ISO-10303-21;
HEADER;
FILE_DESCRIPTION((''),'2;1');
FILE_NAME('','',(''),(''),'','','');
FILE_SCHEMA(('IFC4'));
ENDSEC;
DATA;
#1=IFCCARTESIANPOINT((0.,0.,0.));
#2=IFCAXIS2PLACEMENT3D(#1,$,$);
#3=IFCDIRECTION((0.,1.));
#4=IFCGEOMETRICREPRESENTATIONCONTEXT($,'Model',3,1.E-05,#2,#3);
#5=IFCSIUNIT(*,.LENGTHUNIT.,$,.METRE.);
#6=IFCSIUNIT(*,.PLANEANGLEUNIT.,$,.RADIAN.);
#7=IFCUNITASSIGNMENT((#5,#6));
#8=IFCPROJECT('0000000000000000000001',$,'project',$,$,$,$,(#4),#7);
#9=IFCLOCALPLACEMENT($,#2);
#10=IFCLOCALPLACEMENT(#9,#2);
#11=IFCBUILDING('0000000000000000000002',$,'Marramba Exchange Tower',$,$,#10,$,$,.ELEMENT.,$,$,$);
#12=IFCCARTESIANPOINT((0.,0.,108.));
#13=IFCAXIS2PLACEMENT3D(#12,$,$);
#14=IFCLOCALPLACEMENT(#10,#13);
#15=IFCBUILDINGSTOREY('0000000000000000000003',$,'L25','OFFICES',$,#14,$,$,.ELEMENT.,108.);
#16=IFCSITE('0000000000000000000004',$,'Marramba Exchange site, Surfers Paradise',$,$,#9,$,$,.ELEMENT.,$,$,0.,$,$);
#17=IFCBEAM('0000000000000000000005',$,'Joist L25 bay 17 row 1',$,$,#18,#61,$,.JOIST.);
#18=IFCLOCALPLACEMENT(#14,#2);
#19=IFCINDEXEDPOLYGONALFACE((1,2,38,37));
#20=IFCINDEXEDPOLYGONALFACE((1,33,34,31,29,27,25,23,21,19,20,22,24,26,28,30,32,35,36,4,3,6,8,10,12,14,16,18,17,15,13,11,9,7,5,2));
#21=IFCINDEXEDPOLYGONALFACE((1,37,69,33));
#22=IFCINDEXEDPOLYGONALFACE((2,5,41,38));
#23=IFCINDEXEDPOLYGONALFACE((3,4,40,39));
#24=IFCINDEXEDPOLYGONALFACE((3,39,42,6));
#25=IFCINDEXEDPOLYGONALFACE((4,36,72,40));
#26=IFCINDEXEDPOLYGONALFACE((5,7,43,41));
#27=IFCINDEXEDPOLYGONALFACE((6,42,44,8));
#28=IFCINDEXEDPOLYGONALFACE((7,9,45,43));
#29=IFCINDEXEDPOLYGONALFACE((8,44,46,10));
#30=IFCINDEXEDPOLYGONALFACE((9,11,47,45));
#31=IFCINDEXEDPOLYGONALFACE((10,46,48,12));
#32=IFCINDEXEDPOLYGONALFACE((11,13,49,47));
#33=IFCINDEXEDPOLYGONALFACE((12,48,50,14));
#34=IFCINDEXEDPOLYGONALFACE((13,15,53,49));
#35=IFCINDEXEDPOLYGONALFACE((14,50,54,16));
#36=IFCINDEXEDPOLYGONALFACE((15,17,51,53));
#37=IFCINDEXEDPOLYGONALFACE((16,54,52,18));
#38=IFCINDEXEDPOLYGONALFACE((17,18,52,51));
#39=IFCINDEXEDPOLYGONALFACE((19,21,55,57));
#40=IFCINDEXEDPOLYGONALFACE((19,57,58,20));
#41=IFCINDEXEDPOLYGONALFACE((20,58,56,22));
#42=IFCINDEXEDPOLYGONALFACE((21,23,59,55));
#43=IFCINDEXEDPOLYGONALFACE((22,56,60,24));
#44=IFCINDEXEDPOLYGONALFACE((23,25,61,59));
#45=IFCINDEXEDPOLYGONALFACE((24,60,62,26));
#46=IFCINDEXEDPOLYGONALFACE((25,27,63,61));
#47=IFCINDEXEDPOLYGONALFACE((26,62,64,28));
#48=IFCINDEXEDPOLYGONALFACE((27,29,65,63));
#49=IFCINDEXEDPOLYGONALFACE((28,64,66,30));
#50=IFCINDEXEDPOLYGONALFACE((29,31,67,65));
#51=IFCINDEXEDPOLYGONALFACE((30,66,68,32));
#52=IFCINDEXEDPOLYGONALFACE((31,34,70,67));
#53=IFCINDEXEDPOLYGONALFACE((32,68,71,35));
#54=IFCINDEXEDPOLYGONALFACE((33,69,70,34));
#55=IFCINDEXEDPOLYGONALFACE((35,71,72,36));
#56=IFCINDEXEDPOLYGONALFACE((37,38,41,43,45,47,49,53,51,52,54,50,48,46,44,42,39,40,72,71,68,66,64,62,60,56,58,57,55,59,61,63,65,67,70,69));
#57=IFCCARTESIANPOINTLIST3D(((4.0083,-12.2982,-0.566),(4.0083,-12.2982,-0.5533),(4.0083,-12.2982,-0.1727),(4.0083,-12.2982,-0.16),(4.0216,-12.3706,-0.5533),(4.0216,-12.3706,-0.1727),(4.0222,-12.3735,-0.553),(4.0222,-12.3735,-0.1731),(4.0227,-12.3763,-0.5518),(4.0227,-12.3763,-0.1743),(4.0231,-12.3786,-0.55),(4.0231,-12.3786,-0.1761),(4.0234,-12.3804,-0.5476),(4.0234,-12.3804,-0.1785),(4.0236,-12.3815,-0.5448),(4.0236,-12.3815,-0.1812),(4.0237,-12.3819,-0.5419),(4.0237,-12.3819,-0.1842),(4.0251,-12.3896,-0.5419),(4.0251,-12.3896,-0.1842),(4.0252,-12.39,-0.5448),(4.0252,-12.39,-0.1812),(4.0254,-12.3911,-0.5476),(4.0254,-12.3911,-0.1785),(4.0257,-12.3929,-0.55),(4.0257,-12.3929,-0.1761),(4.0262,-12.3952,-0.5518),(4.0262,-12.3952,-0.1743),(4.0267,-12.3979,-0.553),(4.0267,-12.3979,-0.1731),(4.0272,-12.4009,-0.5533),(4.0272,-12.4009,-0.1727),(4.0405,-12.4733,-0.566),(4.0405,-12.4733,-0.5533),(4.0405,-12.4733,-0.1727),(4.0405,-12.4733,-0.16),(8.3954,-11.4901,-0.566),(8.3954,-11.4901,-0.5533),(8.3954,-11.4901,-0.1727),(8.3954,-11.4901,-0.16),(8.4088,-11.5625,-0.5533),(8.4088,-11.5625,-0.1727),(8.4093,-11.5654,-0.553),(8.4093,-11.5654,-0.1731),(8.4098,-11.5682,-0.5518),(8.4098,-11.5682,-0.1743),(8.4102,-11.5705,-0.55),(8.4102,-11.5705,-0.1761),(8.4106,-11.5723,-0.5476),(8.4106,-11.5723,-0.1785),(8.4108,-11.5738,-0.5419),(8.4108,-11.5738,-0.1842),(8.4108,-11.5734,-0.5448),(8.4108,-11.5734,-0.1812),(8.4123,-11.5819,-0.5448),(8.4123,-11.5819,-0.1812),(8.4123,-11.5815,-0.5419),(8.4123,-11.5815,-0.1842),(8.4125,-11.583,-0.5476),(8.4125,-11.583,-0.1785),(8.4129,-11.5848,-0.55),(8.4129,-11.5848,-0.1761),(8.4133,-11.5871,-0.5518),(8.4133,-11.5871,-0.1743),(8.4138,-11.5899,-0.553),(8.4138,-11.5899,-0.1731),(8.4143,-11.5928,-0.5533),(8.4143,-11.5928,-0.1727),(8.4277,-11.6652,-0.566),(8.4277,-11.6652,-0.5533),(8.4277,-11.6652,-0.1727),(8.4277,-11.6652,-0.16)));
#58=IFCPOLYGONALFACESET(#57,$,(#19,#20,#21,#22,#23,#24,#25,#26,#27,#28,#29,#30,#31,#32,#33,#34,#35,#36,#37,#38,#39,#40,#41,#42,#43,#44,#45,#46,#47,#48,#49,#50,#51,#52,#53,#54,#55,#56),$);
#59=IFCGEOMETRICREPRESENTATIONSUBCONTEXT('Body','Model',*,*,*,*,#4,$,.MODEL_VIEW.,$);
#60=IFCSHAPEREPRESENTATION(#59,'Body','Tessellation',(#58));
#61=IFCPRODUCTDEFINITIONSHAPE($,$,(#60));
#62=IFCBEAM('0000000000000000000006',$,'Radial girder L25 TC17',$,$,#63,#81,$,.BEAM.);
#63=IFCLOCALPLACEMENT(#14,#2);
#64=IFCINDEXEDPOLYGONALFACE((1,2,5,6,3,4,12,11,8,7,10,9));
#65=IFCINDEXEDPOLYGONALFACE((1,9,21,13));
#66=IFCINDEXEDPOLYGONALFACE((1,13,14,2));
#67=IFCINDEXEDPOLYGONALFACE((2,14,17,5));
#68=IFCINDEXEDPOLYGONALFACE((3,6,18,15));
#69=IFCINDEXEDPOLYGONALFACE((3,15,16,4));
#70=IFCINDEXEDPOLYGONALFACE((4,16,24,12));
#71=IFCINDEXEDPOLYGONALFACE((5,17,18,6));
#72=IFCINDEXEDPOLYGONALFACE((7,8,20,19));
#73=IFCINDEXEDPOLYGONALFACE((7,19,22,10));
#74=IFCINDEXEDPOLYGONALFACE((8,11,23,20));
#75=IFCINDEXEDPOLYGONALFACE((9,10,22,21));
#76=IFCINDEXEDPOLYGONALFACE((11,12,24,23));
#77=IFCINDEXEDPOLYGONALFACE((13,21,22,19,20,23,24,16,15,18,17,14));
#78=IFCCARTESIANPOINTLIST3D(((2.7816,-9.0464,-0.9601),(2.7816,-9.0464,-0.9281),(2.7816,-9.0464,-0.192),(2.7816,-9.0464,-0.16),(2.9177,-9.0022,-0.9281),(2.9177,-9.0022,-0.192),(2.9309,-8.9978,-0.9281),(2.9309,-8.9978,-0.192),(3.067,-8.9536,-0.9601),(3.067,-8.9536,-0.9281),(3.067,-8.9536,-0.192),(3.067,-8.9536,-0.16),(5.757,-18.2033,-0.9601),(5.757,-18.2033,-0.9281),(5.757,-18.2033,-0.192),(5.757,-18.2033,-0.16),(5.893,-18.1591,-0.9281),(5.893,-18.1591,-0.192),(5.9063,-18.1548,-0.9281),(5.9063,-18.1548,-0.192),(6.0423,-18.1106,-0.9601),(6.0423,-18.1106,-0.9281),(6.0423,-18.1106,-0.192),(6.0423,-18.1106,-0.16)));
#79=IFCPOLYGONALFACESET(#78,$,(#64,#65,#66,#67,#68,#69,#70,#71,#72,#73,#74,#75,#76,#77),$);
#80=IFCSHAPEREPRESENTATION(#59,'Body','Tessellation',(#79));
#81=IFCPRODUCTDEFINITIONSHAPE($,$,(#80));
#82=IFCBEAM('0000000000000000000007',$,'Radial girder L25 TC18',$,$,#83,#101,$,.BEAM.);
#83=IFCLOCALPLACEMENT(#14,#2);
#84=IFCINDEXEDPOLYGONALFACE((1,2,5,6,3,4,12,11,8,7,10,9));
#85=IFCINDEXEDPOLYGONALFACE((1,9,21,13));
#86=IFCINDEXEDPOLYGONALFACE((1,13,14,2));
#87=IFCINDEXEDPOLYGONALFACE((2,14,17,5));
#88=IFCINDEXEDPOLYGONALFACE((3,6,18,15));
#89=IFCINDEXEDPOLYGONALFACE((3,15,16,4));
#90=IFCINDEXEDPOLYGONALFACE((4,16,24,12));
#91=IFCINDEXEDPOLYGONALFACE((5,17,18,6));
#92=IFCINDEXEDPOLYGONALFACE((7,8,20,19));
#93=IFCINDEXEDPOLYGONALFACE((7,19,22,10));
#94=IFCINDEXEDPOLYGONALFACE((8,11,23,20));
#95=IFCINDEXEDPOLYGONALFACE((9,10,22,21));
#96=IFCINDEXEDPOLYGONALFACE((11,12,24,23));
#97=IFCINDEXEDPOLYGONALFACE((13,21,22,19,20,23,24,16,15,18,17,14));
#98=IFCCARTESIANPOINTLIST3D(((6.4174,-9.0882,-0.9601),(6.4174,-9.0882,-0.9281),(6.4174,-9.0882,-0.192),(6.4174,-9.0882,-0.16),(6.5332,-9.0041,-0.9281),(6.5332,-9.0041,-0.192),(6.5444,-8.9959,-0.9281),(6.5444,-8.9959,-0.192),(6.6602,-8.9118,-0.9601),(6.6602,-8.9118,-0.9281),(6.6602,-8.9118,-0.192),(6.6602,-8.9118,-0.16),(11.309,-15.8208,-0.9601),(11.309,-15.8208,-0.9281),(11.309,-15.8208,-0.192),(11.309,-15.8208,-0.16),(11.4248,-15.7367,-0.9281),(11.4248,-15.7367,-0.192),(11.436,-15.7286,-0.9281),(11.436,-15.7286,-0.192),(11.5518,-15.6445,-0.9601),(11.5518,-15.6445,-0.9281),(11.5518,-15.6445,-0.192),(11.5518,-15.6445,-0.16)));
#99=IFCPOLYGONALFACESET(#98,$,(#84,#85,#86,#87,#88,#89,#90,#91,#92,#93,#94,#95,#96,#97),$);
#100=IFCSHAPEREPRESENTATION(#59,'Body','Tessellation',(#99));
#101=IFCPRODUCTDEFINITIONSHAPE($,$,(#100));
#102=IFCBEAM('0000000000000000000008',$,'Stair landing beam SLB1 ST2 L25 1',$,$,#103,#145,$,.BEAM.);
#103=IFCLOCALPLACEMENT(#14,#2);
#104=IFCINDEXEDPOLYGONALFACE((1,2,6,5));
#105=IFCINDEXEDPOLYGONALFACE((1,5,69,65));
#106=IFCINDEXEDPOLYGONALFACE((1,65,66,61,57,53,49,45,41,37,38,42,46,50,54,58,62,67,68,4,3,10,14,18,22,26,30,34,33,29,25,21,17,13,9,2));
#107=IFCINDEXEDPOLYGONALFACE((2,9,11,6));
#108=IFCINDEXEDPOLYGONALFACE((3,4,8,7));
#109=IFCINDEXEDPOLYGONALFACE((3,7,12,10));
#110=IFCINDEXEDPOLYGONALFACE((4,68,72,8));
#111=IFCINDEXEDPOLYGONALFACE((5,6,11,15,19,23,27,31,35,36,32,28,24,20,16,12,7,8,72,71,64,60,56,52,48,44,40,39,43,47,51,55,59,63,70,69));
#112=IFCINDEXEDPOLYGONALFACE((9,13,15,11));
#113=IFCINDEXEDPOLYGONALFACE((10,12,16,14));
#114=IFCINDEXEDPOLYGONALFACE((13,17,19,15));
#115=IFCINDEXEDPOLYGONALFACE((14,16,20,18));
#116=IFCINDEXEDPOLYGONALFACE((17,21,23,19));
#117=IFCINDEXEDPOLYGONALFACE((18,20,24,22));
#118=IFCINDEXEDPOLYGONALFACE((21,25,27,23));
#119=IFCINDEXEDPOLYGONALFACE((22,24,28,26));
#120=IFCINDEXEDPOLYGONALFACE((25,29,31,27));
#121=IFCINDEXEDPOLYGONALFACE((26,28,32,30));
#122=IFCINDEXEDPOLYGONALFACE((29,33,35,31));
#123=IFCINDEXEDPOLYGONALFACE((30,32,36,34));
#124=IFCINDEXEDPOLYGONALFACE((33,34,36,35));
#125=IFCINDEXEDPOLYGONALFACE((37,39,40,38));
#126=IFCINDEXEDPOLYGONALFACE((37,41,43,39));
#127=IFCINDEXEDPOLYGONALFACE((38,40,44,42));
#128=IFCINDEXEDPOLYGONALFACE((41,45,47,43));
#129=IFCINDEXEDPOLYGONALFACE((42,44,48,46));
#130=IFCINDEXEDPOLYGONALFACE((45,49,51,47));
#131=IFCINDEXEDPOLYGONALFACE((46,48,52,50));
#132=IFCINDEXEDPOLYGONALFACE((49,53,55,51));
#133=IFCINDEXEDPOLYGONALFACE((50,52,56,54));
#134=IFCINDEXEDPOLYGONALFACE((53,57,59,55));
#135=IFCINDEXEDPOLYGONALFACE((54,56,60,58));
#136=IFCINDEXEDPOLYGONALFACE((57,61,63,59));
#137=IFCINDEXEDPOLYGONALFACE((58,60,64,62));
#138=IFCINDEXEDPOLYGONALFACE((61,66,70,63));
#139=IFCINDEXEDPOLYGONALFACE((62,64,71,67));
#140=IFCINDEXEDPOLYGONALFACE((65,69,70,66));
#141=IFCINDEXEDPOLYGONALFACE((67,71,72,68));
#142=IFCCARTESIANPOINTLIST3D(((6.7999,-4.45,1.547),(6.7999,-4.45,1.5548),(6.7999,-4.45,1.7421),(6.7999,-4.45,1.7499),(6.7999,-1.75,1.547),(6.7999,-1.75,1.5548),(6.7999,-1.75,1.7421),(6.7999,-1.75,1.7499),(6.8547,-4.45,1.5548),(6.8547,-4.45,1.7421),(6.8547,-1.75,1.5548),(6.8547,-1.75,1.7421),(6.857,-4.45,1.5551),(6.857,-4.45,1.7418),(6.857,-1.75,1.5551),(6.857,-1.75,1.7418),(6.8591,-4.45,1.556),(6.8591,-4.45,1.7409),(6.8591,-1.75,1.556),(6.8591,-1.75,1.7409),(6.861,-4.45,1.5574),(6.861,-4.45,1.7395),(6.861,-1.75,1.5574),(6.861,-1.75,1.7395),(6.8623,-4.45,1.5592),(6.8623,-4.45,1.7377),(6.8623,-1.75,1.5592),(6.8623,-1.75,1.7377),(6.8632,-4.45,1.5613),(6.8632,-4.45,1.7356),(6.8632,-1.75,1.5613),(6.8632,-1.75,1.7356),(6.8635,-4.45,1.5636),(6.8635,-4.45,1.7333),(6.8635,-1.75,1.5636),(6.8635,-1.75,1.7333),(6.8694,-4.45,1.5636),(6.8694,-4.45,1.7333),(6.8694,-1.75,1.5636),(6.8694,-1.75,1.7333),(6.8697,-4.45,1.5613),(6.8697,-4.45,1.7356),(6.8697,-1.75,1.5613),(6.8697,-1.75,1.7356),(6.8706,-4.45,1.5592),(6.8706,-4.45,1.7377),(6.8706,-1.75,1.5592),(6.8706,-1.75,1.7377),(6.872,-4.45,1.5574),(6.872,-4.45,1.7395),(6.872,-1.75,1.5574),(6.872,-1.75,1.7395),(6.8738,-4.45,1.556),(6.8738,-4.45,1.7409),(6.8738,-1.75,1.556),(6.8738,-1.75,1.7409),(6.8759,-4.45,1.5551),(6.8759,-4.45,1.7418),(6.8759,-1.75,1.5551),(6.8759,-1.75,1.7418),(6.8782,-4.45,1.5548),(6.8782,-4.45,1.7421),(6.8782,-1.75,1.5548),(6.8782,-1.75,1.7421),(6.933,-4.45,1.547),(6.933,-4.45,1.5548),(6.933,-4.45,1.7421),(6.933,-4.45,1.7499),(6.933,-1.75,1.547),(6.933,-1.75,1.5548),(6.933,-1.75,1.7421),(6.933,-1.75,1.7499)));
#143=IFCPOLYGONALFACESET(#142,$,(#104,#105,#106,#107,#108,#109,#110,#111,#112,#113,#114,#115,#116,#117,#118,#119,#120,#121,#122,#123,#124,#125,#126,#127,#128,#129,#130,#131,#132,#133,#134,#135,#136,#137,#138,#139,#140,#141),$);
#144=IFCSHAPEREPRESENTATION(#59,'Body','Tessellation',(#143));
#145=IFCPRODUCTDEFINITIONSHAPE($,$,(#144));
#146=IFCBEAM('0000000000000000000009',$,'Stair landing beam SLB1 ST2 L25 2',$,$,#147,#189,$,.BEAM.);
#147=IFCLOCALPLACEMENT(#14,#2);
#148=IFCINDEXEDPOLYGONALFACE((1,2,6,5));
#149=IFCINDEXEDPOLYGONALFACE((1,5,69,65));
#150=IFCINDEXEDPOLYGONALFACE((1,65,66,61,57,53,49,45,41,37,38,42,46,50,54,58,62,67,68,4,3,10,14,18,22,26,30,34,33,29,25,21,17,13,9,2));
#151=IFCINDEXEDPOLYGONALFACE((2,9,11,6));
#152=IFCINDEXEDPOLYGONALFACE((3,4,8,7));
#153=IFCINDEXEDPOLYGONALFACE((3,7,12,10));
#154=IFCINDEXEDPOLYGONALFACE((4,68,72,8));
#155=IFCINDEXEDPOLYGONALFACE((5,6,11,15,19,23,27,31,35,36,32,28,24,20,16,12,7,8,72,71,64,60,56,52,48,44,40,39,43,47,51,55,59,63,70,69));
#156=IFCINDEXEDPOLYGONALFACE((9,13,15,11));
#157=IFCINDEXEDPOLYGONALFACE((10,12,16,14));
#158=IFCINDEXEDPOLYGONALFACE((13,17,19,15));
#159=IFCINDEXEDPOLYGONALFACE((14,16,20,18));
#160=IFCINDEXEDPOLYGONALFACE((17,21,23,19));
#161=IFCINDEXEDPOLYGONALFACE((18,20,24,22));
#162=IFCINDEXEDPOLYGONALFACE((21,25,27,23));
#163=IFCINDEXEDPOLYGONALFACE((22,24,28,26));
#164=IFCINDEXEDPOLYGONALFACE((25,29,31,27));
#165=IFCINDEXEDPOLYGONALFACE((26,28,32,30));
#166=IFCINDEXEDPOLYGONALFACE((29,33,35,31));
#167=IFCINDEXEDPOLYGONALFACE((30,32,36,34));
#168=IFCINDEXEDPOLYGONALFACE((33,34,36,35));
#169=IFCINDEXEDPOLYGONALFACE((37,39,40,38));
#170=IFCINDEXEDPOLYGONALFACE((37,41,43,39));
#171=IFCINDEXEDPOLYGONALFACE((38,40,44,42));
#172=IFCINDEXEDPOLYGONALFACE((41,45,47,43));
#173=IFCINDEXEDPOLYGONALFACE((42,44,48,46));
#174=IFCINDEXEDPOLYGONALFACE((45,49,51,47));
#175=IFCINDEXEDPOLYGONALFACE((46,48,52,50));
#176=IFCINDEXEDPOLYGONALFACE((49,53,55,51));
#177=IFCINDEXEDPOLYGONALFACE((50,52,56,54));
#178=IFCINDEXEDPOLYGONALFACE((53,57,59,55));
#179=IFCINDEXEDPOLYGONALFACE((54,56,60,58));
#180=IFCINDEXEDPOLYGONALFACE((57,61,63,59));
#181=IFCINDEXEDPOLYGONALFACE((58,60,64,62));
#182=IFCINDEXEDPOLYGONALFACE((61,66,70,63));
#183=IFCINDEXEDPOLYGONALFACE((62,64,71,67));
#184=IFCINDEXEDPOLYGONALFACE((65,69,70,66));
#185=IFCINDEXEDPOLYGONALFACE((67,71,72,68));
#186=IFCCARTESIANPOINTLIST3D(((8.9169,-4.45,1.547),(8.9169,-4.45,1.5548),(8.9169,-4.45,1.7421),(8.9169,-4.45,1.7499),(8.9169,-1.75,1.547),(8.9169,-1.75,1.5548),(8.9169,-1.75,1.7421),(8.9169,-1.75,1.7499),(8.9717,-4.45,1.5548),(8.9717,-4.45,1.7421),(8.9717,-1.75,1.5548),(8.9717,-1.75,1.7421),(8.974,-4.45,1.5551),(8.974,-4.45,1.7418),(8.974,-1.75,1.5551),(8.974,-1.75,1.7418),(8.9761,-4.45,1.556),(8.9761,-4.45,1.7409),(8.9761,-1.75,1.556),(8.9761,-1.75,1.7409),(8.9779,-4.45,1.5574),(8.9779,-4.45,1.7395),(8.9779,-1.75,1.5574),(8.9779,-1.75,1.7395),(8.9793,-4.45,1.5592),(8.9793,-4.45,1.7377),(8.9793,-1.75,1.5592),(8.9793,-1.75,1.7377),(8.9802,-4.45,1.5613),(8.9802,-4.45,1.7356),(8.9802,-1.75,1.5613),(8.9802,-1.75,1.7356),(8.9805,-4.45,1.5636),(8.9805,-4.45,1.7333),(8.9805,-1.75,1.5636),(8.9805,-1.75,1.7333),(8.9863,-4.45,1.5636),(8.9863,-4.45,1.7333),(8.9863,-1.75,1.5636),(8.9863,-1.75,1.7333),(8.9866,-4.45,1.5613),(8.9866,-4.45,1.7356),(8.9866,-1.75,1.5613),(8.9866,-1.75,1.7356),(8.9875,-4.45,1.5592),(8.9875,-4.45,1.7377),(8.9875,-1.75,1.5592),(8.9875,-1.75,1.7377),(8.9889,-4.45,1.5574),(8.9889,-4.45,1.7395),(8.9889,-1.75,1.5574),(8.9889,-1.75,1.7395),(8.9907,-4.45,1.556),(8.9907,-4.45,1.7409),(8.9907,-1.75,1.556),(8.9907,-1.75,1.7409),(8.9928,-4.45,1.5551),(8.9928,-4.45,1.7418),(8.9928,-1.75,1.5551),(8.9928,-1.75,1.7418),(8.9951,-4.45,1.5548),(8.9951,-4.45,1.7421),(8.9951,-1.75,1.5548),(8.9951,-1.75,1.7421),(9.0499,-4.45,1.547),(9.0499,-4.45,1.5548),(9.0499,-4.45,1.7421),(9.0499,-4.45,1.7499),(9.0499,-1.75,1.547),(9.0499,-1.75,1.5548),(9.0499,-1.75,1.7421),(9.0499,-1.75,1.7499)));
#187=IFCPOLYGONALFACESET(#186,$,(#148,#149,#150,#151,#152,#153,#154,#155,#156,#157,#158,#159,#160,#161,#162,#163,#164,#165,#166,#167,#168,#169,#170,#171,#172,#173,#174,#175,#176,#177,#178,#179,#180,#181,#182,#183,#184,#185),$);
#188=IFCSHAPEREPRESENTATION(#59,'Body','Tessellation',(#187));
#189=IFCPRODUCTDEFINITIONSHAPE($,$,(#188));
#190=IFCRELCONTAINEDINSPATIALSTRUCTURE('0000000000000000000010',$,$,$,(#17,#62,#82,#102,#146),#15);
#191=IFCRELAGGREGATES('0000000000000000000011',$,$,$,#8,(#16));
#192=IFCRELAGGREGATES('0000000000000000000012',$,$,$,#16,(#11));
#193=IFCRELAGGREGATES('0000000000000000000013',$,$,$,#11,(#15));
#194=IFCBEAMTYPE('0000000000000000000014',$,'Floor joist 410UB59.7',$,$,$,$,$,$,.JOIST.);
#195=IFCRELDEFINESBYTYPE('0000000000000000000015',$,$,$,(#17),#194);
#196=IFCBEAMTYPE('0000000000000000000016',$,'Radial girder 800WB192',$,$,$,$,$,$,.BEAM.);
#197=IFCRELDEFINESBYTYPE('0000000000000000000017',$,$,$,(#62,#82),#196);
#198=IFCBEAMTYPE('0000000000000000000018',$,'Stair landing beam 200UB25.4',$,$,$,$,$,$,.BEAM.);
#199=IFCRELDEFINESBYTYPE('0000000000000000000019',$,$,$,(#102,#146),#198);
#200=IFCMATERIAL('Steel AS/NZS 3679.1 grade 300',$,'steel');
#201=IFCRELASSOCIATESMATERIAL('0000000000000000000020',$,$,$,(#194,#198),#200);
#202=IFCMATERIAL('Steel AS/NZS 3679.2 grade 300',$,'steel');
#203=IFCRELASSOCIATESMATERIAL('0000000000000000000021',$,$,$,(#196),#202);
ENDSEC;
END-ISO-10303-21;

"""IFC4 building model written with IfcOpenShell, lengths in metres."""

from ifc_helpers import new_model, si_unit, direction, frame, origin, origin_2d, place, context, subcontext, project, spatial, i_section, extrude, material, material_profile, profile_set, type_object, element, save


model = new_model("IFC4")

# Units and contexts
model_context = context("Model", 3, precision=1e-05, world=origin(), true_north=direction((0.0, 1.0)))
body_context = subcontext(model_context, "Body", "Model", "MODEL_VIEW")
ifc_project = project(units=[si_unit("LENGTHUNIT", "METRE"), si_unit("PLANEANGLEUNIT", "RADIAN")], contexts=[model_context])

# Site, building, storey
site_placement = place(None, origin())
site = spatial("IfcSite", under=ifc_project, at=site_placement, Name="Marramba Exchange site, Surfers Paradise", CompositionType="ELEMENT", RefElevation=0.0)
building_placement = place(site_placement, origin())
building = spatial("IfcBuilding", under=site, at=building_placement, Name="Marramba Exchange Tower", CompositionType="ELEMENT")
storey_placement = place(building_placement, frame((0.0, 0.0, 108.0)))
storey = spatial("IfcBuildingStorey", under=building, at=storey_placement, Name="L25", Description="OFFICES", CompositionType="ELEMENT", Elevation=108.0)

# Beams
ifc_material_1 = material(Name="Steel AS/NZS 3679.1 grade 300", Category="steel")
ifc_material_profile_1 = material_profile(ifc_material_1, i_section(OverallWidth=0.178, OverallDepth=0.406, WebThickness=0.0078, FlangeThickness=0.0127, FilletRadius=0.0115, at=origin_2d()), Name="410UB59.7")
ifc_profile_set_1 = profile_set([ifc_material_profile_1], Name="Steel AS/NZS 3679.1 grade 300")
beam_type_1 = type_object("IfcBeamType", Name="Floor joist 410UB59.7", PredefinedType="JOIST", material=ifc_profile_set_1)
beam_1_placement = place(storey_placement, frame((4.0244, -12.3857, -0.363), z_axis=(0.983456, 0.181149, 0.0), x_axis=(-0.181149, 0.983456, 0.0)))
element("IfcBeam", 1, at=beam_1_placement, inside=storey, type_object=beam_type_1, Name="Joist L25 bay 17 row 1", PredefinedType="JOIST", context=body_context, shape_type="SweptSolid", body=[
    extrude(i_section(OverallWidth=0.178, OverallDepth=0.406, WebThickness=0.0078, FlangeThickness=0.0127, FilletRadius=0.0115, at=origin_2d()), origin(), (0.0, 0.0, 1.0), 4.4609),
])
ifc_material_2 = material(Name="Steel AS/NZS 3679.2 grade 300", Category="steel")
ifc_material_profile_2 = material_profile(ifc_material_2, i_section(OverallWidth=0.3, OverallDepth=0.8, WebThickness=0.0139, FlangeThickness=0.032, at=origin_2d()), Name="800WB192")
ifc_profile_set_2 = profile_set([ifc_material_profile_2], Name="Steel AS/NZS 3679.2 grade 300")
beam_type_2 = type_object("IfcBeamType", Name="Radial girder 800WB192", PredefinedType="BEAM", material=ifc_profile_set_2)
beam_2_placement = place(storey_placement, frame((2.9243, -9.0, -0.5601), z_axis=(0.309022, -0.951055, 0.0), x_axis=(0.951055, 0.309022, 0.0)))
element("IfcBeam", 2, at=beam_2_placement, inside=storey, type_object=beam_type_2, Name="Radial girder L25 TC17", PredefinedType="BEAM", context=body_context, shape_type="SweptSolid", body=[
    extrude(i_section(OverallWidth=0.3, OverallDepth=0.8, WebThickness=0.0139, FlangeThickness=0.032, at=origin_2d()), origin(), (0.0, 0.0, 1.0), 9.6282),
])
beam_3_placement = place(storey_placement, frame((6.5388, -9.0, -0.5601), z_axis=(0.587788, -0.809015, 0.0), x_axis=(0.809015, 0.587788, 0.0)))
element("IfcBeam", 3, at=beam_3_placement, inside=storey, type_object=beam_type_2, Name="Radial girder L25 TC18", PredefinedType="BEAM", context=body_context, shape_type="SweptSolid", body=[
    extrude(i_section(OverallWidth=0.3, OverallDepth=0.8, WebThickness=0.0139, FlangeThickness=0.032, at=origin_2d()), origin(), (0.0, 0.0, 1.0), 8.322),
])
ifc_material_profile_3 = material_profile(ifc_material_1, i_section(OverallWidth=0.1331, OverallDepth=0.2029, WebThickness=0.0059, FlangeThickness=0.0078, FilletRadius=0.0088, at=origin_2d()), Name="200UB25.4")
ifc_profile_set_3 = profile_set([ifc_material_profile_3], Name="Steel AS/NZS 3679.1 grade 300")
beam_type_3 = type_object("IfcBeamType", Name="Stair landing beam 200UB25.4", PredefinedType="BEAM", material=ifc_profile_set_3)
for number, where, z_axis, x_axis, name in (
    (4, (6.8665, -4.45, 1.6484), (0.0, 1.0, 0.0), (-1.0, 0.0, 0.0), "Stair landing beam SLB1 ST2 L25 1"),
    (5, (8.9834, -4.45, 1.6484), (0.0, 1.0, 0.0), (-1.0, 0.0, 0.0), "Stair landing beam SLB1 ST2 L25 2"),
):
    element("IfcBeam", number, at=place(storey_placement, frame(where, z_axis=z_axis, x_axis=x_axis)), inside=storey, type_object=beam_type_3, Name=name, PredefinedType="BEAM", context=body_context, shape_type="SweptSolid", body=[
        extrude(i_section(OverallWidth=0.1331, OverallDepth=0.2029, WebThickness=0.0059, FlangeThickness=0.0078, FilletRadius=0.0088, at=origin_2d()), origin(), (0.0, 0.0, 1.0), 2.7),
    ])

save(model, "model.ifc")
